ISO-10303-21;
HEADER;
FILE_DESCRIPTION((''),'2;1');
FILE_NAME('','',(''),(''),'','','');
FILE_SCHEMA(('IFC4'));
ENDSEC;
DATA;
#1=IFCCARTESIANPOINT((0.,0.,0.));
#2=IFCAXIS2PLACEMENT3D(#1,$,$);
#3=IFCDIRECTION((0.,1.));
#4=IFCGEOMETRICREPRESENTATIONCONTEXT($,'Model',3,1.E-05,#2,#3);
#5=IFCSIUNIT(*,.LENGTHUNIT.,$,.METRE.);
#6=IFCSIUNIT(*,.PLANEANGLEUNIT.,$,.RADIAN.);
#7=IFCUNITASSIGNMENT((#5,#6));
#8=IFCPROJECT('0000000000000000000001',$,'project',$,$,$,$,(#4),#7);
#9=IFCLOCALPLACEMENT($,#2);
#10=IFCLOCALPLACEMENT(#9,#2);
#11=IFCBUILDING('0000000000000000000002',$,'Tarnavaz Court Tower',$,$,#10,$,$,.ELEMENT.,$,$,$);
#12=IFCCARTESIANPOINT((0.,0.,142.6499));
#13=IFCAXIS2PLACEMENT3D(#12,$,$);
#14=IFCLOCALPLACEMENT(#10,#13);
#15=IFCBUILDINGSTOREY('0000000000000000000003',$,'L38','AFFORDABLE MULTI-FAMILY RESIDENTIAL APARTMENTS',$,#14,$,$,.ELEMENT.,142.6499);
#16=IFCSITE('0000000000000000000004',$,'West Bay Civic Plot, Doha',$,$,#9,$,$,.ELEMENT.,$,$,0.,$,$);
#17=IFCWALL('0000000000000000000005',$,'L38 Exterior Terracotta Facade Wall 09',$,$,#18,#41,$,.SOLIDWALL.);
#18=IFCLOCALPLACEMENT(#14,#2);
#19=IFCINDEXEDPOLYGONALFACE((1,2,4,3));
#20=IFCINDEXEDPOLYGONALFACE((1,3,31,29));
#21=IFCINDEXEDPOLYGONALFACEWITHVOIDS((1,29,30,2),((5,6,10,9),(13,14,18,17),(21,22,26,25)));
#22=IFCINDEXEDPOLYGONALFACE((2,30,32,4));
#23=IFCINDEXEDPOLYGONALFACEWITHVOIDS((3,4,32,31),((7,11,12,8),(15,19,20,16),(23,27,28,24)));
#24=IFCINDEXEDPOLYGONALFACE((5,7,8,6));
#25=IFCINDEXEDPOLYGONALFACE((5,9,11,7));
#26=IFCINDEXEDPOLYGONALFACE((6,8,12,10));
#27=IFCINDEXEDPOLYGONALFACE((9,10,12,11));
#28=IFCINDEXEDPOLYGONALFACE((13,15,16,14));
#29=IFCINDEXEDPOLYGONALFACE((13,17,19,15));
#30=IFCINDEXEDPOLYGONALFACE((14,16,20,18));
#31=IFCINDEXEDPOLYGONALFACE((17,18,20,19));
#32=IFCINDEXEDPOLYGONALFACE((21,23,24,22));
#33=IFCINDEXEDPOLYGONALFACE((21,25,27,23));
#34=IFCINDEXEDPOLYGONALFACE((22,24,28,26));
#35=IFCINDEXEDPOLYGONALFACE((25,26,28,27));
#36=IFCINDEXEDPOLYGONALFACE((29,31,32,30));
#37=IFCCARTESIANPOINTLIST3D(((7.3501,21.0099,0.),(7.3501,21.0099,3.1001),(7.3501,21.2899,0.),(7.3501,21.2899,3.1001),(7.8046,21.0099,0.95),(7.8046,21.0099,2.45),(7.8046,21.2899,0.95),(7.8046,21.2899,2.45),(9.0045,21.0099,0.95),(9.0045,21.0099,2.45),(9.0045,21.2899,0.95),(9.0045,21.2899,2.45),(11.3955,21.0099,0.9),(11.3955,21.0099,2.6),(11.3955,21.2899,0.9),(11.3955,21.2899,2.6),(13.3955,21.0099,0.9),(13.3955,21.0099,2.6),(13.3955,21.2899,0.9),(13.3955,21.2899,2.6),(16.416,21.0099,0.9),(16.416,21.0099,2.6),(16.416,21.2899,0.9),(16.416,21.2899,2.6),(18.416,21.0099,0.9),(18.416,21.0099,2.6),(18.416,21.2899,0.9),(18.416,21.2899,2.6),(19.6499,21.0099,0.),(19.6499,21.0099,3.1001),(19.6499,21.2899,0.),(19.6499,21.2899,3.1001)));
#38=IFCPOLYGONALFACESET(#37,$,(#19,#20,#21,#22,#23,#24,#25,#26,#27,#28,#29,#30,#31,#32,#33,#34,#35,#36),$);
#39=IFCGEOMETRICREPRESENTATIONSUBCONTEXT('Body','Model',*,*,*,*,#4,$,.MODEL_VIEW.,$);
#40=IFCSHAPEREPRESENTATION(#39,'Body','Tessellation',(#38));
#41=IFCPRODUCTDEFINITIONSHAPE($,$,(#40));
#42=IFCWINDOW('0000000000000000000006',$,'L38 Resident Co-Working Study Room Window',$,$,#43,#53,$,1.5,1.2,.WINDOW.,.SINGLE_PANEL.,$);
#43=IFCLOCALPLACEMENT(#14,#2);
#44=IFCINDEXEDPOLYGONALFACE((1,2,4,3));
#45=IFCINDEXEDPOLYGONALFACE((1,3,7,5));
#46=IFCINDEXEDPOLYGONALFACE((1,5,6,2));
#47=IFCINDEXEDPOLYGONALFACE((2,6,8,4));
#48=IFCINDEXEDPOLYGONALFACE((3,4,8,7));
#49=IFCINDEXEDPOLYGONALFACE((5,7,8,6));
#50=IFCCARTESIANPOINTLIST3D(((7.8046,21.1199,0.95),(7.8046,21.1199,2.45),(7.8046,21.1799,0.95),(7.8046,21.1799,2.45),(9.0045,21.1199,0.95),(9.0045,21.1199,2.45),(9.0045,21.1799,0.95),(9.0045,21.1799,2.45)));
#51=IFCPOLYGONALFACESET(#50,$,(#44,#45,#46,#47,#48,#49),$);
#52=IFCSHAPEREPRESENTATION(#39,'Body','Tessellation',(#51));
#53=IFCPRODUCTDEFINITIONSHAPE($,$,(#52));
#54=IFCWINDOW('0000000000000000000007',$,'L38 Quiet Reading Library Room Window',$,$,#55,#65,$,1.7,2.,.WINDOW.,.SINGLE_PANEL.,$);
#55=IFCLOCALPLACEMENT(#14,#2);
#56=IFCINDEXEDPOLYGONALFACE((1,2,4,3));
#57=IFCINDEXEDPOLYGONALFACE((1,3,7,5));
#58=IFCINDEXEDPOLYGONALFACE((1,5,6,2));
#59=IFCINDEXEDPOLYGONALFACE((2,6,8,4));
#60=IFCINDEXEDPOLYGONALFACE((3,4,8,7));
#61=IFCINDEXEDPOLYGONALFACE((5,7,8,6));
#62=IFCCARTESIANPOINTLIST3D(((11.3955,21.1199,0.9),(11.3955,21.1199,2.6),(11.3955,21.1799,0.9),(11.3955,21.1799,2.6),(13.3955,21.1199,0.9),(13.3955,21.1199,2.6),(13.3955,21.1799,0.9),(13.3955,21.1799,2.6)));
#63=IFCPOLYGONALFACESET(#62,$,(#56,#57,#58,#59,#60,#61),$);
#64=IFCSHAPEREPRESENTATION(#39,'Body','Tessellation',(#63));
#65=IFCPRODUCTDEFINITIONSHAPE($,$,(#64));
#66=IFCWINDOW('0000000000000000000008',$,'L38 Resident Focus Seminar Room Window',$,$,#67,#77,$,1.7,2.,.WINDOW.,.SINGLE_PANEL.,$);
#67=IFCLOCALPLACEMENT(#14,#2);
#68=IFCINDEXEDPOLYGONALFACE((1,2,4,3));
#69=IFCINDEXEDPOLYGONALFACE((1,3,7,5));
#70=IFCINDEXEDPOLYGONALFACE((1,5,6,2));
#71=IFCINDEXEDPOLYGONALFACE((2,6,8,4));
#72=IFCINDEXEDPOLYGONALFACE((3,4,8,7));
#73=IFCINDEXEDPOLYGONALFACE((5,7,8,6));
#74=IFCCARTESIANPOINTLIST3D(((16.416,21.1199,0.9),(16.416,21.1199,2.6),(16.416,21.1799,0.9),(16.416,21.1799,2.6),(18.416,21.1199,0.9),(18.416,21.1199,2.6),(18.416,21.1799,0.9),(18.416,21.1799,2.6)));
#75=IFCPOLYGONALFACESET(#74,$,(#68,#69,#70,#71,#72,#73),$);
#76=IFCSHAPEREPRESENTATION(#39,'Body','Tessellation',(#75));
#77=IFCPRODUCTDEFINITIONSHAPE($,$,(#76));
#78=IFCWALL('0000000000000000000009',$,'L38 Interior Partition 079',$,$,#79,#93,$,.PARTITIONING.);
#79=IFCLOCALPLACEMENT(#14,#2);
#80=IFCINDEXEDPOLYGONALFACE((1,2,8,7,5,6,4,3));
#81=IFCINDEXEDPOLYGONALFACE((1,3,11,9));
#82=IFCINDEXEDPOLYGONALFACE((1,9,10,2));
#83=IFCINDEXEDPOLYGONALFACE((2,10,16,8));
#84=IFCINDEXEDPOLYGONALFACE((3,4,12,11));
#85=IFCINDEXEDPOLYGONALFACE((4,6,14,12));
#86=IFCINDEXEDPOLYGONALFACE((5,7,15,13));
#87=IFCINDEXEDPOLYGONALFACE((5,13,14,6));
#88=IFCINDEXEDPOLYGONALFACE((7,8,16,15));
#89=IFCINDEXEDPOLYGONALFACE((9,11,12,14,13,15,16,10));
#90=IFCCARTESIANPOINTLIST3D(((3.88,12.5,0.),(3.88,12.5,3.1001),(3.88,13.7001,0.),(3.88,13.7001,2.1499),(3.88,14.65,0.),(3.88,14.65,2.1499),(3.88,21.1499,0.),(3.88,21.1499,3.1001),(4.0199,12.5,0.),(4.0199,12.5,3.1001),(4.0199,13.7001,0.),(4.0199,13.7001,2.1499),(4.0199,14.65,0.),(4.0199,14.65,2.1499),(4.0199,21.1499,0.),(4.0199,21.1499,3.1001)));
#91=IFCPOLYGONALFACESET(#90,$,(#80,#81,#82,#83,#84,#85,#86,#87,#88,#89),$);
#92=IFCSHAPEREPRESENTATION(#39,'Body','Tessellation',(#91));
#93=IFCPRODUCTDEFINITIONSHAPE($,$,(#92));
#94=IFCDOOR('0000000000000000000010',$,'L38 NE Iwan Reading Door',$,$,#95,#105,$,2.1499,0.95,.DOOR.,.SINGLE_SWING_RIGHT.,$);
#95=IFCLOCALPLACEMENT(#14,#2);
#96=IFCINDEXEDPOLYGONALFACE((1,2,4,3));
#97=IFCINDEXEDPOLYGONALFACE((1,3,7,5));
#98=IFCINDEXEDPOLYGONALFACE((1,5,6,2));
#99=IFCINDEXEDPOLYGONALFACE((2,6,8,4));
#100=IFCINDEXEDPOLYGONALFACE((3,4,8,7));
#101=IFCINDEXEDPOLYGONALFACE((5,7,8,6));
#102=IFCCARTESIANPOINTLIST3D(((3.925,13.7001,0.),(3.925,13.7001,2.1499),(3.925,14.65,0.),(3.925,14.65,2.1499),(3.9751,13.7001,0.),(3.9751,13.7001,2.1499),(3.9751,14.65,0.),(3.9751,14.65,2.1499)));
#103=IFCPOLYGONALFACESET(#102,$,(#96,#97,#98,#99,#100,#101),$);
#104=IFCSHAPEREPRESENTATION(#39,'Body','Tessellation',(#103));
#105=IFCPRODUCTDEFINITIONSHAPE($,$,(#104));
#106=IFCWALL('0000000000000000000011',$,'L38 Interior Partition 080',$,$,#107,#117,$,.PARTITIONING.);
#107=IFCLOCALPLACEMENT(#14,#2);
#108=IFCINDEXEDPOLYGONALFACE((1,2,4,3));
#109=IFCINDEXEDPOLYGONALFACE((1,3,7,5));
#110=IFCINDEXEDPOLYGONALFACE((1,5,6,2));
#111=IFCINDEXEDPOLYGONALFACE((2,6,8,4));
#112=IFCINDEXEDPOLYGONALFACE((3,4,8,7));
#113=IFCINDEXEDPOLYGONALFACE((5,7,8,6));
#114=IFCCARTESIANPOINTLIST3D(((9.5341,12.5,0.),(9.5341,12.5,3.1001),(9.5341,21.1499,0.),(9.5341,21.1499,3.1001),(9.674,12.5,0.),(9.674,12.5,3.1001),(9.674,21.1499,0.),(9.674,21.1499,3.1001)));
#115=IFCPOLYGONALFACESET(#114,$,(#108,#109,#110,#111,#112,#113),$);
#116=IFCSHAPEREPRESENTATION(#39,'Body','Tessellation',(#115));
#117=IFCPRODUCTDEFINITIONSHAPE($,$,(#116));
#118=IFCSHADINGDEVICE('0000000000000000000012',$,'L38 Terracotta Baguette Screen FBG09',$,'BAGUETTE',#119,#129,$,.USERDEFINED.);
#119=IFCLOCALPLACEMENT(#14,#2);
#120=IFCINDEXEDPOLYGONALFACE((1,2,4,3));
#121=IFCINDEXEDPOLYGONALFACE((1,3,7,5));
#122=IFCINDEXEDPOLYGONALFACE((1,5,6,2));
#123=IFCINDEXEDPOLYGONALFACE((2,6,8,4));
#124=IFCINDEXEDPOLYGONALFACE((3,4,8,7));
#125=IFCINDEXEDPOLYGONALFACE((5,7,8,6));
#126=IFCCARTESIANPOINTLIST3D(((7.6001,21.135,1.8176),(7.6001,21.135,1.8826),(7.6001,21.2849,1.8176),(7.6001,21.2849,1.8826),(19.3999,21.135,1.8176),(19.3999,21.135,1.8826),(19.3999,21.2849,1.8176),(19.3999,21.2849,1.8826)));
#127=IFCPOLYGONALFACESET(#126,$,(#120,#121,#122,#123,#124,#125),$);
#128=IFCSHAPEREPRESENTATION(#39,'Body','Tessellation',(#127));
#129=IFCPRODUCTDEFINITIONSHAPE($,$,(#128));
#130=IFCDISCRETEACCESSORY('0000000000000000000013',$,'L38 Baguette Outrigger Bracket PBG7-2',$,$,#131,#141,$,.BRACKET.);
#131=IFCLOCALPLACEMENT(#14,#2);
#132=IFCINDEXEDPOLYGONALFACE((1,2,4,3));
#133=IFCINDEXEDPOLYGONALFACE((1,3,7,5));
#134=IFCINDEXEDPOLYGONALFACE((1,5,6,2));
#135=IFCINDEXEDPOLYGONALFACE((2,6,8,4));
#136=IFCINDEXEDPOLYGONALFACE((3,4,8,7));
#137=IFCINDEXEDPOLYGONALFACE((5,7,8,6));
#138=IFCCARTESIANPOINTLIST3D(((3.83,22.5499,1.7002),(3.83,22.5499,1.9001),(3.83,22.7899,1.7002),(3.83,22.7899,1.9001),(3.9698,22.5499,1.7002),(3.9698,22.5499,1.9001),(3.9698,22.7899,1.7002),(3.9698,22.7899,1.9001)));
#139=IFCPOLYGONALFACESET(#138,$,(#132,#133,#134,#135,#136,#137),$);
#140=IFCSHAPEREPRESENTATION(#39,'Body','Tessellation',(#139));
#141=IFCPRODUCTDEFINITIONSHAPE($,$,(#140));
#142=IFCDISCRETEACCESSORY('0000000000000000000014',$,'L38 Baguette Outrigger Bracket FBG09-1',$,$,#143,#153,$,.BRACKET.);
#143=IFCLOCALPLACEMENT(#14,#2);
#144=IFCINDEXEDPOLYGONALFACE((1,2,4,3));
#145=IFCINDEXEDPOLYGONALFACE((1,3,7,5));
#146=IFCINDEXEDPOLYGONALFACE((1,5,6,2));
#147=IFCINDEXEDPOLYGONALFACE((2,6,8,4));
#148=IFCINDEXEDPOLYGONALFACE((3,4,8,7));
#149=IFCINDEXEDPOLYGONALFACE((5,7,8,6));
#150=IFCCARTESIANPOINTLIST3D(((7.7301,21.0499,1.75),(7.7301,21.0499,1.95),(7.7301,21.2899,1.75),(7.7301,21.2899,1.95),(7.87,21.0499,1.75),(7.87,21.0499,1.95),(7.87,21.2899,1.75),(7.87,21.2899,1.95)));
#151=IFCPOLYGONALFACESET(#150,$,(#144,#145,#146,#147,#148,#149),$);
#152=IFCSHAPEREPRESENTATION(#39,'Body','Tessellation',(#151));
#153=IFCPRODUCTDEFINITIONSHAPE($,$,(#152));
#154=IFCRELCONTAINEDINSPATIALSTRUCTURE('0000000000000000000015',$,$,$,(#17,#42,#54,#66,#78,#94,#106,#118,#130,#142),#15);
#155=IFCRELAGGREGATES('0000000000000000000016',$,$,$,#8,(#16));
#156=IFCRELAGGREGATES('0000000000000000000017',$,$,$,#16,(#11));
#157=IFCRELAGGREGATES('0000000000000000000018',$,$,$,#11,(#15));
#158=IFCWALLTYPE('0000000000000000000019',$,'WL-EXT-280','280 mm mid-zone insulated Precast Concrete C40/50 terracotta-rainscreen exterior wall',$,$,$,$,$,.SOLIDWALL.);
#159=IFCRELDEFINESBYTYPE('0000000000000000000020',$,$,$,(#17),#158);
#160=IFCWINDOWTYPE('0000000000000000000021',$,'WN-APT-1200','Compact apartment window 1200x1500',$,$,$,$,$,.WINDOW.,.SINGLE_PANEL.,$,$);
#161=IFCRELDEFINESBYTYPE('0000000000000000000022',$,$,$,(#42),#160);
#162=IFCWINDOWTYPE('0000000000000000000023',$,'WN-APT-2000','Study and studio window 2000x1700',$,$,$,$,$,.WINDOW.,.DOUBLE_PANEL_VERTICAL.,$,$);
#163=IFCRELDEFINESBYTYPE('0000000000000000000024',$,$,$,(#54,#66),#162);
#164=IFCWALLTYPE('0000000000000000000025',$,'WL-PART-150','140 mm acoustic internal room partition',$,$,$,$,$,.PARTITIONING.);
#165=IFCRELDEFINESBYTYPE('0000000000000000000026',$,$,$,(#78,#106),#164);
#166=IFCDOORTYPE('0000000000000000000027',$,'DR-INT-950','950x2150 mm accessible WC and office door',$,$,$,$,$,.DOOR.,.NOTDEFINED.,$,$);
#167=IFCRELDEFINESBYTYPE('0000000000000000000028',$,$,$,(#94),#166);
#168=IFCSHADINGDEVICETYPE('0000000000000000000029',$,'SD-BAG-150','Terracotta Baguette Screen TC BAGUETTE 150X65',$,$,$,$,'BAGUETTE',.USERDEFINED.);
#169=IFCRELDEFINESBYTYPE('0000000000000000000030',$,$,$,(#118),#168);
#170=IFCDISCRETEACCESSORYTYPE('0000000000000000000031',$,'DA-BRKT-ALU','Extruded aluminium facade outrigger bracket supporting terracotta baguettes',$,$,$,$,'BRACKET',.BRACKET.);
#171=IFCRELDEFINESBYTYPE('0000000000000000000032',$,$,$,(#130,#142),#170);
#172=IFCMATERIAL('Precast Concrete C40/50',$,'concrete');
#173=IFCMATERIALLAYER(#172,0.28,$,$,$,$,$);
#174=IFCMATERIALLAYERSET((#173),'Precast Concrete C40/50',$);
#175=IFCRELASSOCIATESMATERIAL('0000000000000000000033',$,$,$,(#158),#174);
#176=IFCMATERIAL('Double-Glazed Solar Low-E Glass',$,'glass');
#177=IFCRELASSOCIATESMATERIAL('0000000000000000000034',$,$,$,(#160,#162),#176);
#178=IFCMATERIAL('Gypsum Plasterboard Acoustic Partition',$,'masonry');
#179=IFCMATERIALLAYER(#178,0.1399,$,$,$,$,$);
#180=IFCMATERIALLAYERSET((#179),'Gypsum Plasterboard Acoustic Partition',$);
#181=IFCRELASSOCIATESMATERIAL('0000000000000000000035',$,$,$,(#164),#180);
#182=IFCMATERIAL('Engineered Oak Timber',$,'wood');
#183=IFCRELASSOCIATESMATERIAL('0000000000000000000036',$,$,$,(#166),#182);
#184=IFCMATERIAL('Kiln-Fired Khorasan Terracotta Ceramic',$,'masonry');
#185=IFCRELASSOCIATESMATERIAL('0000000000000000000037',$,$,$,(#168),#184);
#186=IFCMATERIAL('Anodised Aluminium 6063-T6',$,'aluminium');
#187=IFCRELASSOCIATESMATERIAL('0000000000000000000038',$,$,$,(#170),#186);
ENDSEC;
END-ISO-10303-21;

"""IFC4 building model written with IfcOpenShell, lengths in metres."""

from ifc_helpers import new_model, si_unit, direction, frame, frame_2d, origin, origin_2d, place, context, subcontext, project, spatial, rectangle, extrude, material, layer, layer_set, material_profile, profile_set, type_object, element, fill, save


model = new_model("IFC4")

# Units and contexts
model_context = context("Model", 3, precision=1e-05, world=origin(), true_north=direction((0.0, 1.0)))
body_context = subcontext(model_context, "Body", "Model", "MODEL_VIEW")
ifc_project = project(units=[si_unit("LENGTHUNIT", "METRE"), si_unit("PLANEANGLEUNIT", "RADIAN")], contexts=[model_context])

# Site, building, storey
site_placement = place(None, origin())
site = spatial("IfcSite", under=ifc_project, at=site_placement, Name="West Bay Civic Plot, Doha", CompositionType="ELEMENT", RefElevation=0.0)
building_placement = place(site_placement, origin())
building = spatial("IfcBuilding", under=site, at=building_placement, Name="Tarnavaz Court Tower", CompositionType="ELEMENT")
storey_placement = place(building_placement, frame((0.0, 0.0, 142.6499)))
storey = spatial("IfcBuildingStorey", under=building, at=storey_placement, Name="L38", Description="AFFORDABLE MULTI-FAMILY RESIDENTIAL APARTMENTS", CompositionType="ELEMENT", Elevation=142.6499)

# Shared definitions
ifc_material_1 = material(Name="Anodised Aluminium 6063-T6", Category="aluminium")
ifc_material_2 = material(Name="Double-Glazed Solar Low-E Glass", Category="glass")

# Shared definitions
ifc_material_3 = material(Name="Precast Concrete C40/50", Category="concrete")
ifc_layer_1 = layer(ifc_material_3, 0.28)
ifc_layer_set_1 = layer_set([ifc_layer_1], Name="Precast Concrete C40/50")
wall_type_1 = type_object("IfcWallType", Name="WL-EXT-280", Description="280 mm mid-zone insulated Precast Concrete C40/50 terracotta-rainscreen exterior wall", PredefinedType="SOLIDWALL", material=ifc_layer_set_1)
window_type_1 = type_object("IfcWindowType", Name="WN-APT-1200", Description="Compact apartment window 1200x1500", PartitioningType="SINGLE_PANEL", PredefinedType="WINDOW", material=ifc_material_2)

# Wall, openings, windows
wall_1_placement = place(storey_placement, frame((7.3501, 21.1499, 0.0), z_axis=(0.0, 0.0, 1.0), x_axis=(1.0, 0.0, 0.0)))
wall_1 = element("IfcWall", 1, at=wall_1_placement, inside=storey, type_object=wall_type_1, Name="L38 Exterior Terracotta Facade Wall 09", PredefinedType="SOLIDWALL", context=body_context, shape_type="SweptSolid", body=[
    extrude(rectangle(XDim=12.2998, YDim=0.28, at=frame_2d((6.1499, 0.0))), origin(), (0.0, 0.0, 1.0), 3.1001),
])
opening_1_placement = place(wall_1_placement, frame((0.4543, 0.0, 0.95)))
opening_1 = element("IfcOpeningElement", 2, at=opening_1_placement, cuts=wall_1, PredefinedType="OPENING", context=body_context, shape_type="SweptSolid", body=[
    extrude(rectangle(XDim=1.2, YDim=1.5, at=frame_2d((0.6001, 0.75))), frame((0.0, 0.1499, 0.0), z_axis=(0.0, -1.0, 0.0), x_axis=(1.0, 0.0, 0.0)), (0.0, 0.0, 1.0), 0.3),
])
opening_2_placement = place(wall_1_placement, frame((4.0454, 0.0, 0.8999)))
opening_2 = element("IfcOpeningElement", 3, at=opening_2_placement, cuts=wall_1, PredefinedType="OPENING", context=body_context, shape_type="SweptSolid", body=[
    extrude(rectangle(XDim=2.0, YDim=1.7, at=frame_2d((1.0, 0.8501))), frame((0.0, 0.1499, 0.0), z_axis=(0.0, -1.0, 0.0), x_axis=(1.0, 0.0, 0.0)), (0.0, 0.0, 1.0), 0.3),
])
opening_3_placement = place(wall_1_placement, frame((9.0659, 0.0, 0.8999)))
opening_3 = element("IfcOpeningElement", 4, at=opening_3_placement, cuts=wall_1, PredefinedType="OPENING", context=body_context, shape_type="SweptSolid", body=[
    extrude(rectangle(XDim=2.0, YDim=1.7, at=frame_2d((1.0, 0.8501))), frame((0.0, 0.1499, 0.0), z_axis=(0.0, -1.0, 0.0), x_axis=(1.0, 0.0, 0.0)), (0.0, 0.0, 1.0), 0.3),
])
window_1_placement = place(opening_1_placement, origin())
window_1 = element("IfcWindow", 5, at=window_1_placement, inside=storey, type_object=window_type_1, Name="L38 Resident Co-Working Study Room Window", OverallHeight=1.5, OverallWidth=1.2, PartitioningType="SINGLE_PANEL", PredefinedType="WINDOW", context=body_context, shape_type="SweptSolid", body=[
    extrude(rectangle(XDim=1.2, YDim=1.5, at=frame_2d((0.6001, 0.75))), frame((0.0, 0.03, 0.0), z_axis=(0.0, -1.0, 0.0), x_axis=(1.0, 0.0, 0.0)), (0.0, 0.0, 1.0), 0.0601),
])
fill(opening_1, window_1)
window_type_2 = type_object("IfcWindowType", Name="WN-APT-2000", Description="Study and studio window 2000x1700", PartitioningType="DOUBLE_PANEL_VERTICAL", PredefinedType="WINDOW", material=ifc_material_2)
window_2_placement = place(opening_2_placement, origin())
window_2 = element("IfcWindow", 6, at=window_2_placement, inside=storey, type_object=window_type_2, Name="L38 Quiet Reading Library Room Window", OverallHeight=1.7, OverallWidth=2.0, PartitioningType="SINGLE_PANEL", PredefinedType="WINDOW", context=body_context, shape_type="SweptSolid", body=[
    extrude(rectangle(XDim=2.0, YDim=1.7, at=frame_2d((1.0, 0.8501))), frame((0.0, 0.03, 0.0), z_axis=(0.0, -1.0, 0.0), x_axis=(1.0, 0.0, 0.0)), (0.0, 0.0, 1.0), 0.0601),
])
fill(opening_2, window_2)
window_3_placement = place(opening_3_placement, origin())
window_3 = element("IfcWindow", 7, at=window_3_placement, inside=storey, type_object=window_type_2, Name="L38 Resident Focus Seminar Room Window", OverallHeight=1.7, OverallWidth=2.0, PartitioningType="SINGLE_PANEL", PredefinedType="WINDOW", context=body_context, shape_type="SweptSolid", body=[
    extrude(rectangle(XDim=2.0, YDim=1.7, at=frame_2d((1.0, 0.8501))), frame((0.0, 0.03, 0.0), z_axis=(0.0, -1.0, 0.0), x_axis=(1.0, 0.0, 0.0)), (0.0, 0.0, 1.0), 0.0601),
])
fill(opening_3, window_3)

# Wall, opening, door
ifc_material_4 = material(Name="Gypsum Plasterboard Acoustic Partition", Category="masonry")
ifc_layer_2 = layer(ifc_material_4, 0.1399)
ifc_layer_set_2 = layer_set([ifc_layer_2], Name="Gypsum Plasterboard Acoustic Partition")
wall_type_2 = type_object("IfcWallType", Name="WL-PART-150", Description="140 mm acoustic internal room partition", PredefinedType="PARTITIONING", material=ifc_layer_set_2)
wall_2_placement = place(storey_placement, frame((3.95, 12.5, 0.0), z_axis=(0.0, 0.0, 1.0), x_axis=(0.0, 1.0, 0.0)))
wall_2 = element("IfcWall", 8, at=wall_2_placement, inside=storey, type_object=wall_type_2, Name="L38 Interior Partition 079", PredefinedType="PARTITIONING", context=body_context, shape_type="SweptSolid", body=[
    extrude(rectangle(XDim=8.6499, YDim=0.1399, at=frame_2d((4.325, 0.0))), origin(), (0.0, 0.0, 1.0), 3.1001),
])
opening_4_placement = place(wall_2_placement, frame((1.2, 0.0, 0.0)))
opening_4 = element("IfcOpeningElement", 9, at=opening_4_placement, cuts=wall_2, PredefinedType="OPENING", context=body_context, shape_type="SweptSolid", body=[
    extrude(rectangle(XDim=0.95, YDim=2.1499, at=frame_2d((0.4751, 1.075))), frame((0.0, 0.0798, 0.0), z_axis=(0.0, -1.0, 0.0), x_axis=(1.0, 0.0, 0.0)), (0.0, 0.0, 1.0), 0.1599),
])
ifc_material_5 = material(Name="Engineered Oak Timber", Category="wood")
door_type = type_object("IfcDoorType", Name="DR-INT-950", Description="950x2150 mm accessible WC and office door", OperationType="NOTDEFINED", PredefinedType="DOOR", material=ifc_material_5)
door_placement = place(opening_4_placement, origin())
door = element("IfcDoor", 10, at=door_placement, inside=storey, type_object=door_type, Name="L38 NE Iwan Reading Door", OperationType="SINGLE_SWING_RIGHT", OverallHeight=2.1499, OverallWidth=0.95, PredefinedType="DOOR", context=body_context, shape_type="SweptSolid", body=[
    extrude(rectangle(XDim=0.95, YDim=2.1499, at=frame_2d((0.4751, 1.075))), frame((0.0, 0.0249, 0.0), z_axis=(0.0, -1.0, 0.0), x_axis=(1.0, 0.0, 0.0)), (0.0, 0.0, 1.0), 0.05),
])
fill(opening_4, door)

# Wall
wall_3_placement = place(storey_placement, frame((9.604, 12.5, 0.0), z_axis=(0.0, 0.0, 1.0), x_axis=(0.0, 1.0, 0.0)))
element("IfcWall", 11, at=wall_3_placement, inside=storey, type_object=wall_type_2, Name="L38 Interior Partition 080", PredefinedType="PARTITIONING", context=body_context, shape_type="SweptSolid", body=[
    extrude(rectangle(XDim=8.6499, YDim=0.1399, at=frame_2d((4.325, 0.0))), origin(), (0.0, 0.0, 1.0), 3.1001),
])

# Shading device
ifc_material_6 = material(Name="Kiln-Fired Khorasan Terracotta Ceramic", Category="masonry")
ifc_material_profile_1 = material_profile(ifc_material_6, rectangle(XDim=0.1499, YDim=0.0649, at=origin_2d()), Name="TC BAGUETTE 150X65")
ifc_profile_set_1 = profile_set([ifc_material_profile_1], Name="Kiln-Fired Khorasan Terracotta Ceramic")
shading_device_type = type_object("IfcShadingDeviceType", Name="SD-BAG-150", Description="Terracotta Baguette Screen TC BAGUETTE 150X65", ElementType="BAGUETTE", PredefinedType="USERDEFINED", material=ifc_profile_set_1)
shading_device_placement = place(storey_placement, frame((7.6001, 21.21, 1.8501), z_axis=(1.0, 0.0, 0.0), x_axis=(0.0, 1.0, 0.0)))
element("IfcShadingDevice", 12, at=shading_device_placement, inside=storey, type_object=shading_device_type, Name="L38 Terracotta Baguette Screen FBG09", ObjectType="BAGUETTE", PredefinedType="USERDEFINED", context=body_context, shape_type="SweptSolid", body=[
    extrude(rectangle(XDim=0.1499, YDim=0.0649, at=origin_2d()), origin(), (0.0, 0.0, 1.0), 11.7998),
])

# Discrete accessories
discrete_accessory_type = type_object("IfcDiscreteAccessoryType", Name="DA-BRKT-ALU", Description="Extruded aluminium facade outrigger bracket supporting terracotta baguettes", ElementType="BRACKET", PredefinedType="BRACKET", material=ifc_material_1)
for number, where, z_axis, x_axis, name in (
    (13, (3.8999, 22.6699, 1.7002), (0.0, 0.0, 1.0), (1.0, 0.0, 0.0), "L38 Baguette Outrigger Bracket PBG7-2"),
    (14, (7.8, 21.1699, 1.75), (0.0, 0.0, 1.0), (1.0, 0.0, 0.0), "L38 Baguette Outrigger Bracket FBG09-1"),
):
    element("IfcDiscreteAccessory", number, at=place(storey_placement, frame(where, z_axis=z_axis, x_axis=x_axis)), inside=storey, type_object=discrete_accessory_type, Name=name, PredefinedType="BRACKET", context=body_context, shape_type="SweptSolid", body=[
        extrude(rectangle(XDim=0.1399, YDim=0.24, at=origin_2d()), origin(), (0.0, 0.0, 1.0), 0.2),
    ])

save(model, "model.ifc")
